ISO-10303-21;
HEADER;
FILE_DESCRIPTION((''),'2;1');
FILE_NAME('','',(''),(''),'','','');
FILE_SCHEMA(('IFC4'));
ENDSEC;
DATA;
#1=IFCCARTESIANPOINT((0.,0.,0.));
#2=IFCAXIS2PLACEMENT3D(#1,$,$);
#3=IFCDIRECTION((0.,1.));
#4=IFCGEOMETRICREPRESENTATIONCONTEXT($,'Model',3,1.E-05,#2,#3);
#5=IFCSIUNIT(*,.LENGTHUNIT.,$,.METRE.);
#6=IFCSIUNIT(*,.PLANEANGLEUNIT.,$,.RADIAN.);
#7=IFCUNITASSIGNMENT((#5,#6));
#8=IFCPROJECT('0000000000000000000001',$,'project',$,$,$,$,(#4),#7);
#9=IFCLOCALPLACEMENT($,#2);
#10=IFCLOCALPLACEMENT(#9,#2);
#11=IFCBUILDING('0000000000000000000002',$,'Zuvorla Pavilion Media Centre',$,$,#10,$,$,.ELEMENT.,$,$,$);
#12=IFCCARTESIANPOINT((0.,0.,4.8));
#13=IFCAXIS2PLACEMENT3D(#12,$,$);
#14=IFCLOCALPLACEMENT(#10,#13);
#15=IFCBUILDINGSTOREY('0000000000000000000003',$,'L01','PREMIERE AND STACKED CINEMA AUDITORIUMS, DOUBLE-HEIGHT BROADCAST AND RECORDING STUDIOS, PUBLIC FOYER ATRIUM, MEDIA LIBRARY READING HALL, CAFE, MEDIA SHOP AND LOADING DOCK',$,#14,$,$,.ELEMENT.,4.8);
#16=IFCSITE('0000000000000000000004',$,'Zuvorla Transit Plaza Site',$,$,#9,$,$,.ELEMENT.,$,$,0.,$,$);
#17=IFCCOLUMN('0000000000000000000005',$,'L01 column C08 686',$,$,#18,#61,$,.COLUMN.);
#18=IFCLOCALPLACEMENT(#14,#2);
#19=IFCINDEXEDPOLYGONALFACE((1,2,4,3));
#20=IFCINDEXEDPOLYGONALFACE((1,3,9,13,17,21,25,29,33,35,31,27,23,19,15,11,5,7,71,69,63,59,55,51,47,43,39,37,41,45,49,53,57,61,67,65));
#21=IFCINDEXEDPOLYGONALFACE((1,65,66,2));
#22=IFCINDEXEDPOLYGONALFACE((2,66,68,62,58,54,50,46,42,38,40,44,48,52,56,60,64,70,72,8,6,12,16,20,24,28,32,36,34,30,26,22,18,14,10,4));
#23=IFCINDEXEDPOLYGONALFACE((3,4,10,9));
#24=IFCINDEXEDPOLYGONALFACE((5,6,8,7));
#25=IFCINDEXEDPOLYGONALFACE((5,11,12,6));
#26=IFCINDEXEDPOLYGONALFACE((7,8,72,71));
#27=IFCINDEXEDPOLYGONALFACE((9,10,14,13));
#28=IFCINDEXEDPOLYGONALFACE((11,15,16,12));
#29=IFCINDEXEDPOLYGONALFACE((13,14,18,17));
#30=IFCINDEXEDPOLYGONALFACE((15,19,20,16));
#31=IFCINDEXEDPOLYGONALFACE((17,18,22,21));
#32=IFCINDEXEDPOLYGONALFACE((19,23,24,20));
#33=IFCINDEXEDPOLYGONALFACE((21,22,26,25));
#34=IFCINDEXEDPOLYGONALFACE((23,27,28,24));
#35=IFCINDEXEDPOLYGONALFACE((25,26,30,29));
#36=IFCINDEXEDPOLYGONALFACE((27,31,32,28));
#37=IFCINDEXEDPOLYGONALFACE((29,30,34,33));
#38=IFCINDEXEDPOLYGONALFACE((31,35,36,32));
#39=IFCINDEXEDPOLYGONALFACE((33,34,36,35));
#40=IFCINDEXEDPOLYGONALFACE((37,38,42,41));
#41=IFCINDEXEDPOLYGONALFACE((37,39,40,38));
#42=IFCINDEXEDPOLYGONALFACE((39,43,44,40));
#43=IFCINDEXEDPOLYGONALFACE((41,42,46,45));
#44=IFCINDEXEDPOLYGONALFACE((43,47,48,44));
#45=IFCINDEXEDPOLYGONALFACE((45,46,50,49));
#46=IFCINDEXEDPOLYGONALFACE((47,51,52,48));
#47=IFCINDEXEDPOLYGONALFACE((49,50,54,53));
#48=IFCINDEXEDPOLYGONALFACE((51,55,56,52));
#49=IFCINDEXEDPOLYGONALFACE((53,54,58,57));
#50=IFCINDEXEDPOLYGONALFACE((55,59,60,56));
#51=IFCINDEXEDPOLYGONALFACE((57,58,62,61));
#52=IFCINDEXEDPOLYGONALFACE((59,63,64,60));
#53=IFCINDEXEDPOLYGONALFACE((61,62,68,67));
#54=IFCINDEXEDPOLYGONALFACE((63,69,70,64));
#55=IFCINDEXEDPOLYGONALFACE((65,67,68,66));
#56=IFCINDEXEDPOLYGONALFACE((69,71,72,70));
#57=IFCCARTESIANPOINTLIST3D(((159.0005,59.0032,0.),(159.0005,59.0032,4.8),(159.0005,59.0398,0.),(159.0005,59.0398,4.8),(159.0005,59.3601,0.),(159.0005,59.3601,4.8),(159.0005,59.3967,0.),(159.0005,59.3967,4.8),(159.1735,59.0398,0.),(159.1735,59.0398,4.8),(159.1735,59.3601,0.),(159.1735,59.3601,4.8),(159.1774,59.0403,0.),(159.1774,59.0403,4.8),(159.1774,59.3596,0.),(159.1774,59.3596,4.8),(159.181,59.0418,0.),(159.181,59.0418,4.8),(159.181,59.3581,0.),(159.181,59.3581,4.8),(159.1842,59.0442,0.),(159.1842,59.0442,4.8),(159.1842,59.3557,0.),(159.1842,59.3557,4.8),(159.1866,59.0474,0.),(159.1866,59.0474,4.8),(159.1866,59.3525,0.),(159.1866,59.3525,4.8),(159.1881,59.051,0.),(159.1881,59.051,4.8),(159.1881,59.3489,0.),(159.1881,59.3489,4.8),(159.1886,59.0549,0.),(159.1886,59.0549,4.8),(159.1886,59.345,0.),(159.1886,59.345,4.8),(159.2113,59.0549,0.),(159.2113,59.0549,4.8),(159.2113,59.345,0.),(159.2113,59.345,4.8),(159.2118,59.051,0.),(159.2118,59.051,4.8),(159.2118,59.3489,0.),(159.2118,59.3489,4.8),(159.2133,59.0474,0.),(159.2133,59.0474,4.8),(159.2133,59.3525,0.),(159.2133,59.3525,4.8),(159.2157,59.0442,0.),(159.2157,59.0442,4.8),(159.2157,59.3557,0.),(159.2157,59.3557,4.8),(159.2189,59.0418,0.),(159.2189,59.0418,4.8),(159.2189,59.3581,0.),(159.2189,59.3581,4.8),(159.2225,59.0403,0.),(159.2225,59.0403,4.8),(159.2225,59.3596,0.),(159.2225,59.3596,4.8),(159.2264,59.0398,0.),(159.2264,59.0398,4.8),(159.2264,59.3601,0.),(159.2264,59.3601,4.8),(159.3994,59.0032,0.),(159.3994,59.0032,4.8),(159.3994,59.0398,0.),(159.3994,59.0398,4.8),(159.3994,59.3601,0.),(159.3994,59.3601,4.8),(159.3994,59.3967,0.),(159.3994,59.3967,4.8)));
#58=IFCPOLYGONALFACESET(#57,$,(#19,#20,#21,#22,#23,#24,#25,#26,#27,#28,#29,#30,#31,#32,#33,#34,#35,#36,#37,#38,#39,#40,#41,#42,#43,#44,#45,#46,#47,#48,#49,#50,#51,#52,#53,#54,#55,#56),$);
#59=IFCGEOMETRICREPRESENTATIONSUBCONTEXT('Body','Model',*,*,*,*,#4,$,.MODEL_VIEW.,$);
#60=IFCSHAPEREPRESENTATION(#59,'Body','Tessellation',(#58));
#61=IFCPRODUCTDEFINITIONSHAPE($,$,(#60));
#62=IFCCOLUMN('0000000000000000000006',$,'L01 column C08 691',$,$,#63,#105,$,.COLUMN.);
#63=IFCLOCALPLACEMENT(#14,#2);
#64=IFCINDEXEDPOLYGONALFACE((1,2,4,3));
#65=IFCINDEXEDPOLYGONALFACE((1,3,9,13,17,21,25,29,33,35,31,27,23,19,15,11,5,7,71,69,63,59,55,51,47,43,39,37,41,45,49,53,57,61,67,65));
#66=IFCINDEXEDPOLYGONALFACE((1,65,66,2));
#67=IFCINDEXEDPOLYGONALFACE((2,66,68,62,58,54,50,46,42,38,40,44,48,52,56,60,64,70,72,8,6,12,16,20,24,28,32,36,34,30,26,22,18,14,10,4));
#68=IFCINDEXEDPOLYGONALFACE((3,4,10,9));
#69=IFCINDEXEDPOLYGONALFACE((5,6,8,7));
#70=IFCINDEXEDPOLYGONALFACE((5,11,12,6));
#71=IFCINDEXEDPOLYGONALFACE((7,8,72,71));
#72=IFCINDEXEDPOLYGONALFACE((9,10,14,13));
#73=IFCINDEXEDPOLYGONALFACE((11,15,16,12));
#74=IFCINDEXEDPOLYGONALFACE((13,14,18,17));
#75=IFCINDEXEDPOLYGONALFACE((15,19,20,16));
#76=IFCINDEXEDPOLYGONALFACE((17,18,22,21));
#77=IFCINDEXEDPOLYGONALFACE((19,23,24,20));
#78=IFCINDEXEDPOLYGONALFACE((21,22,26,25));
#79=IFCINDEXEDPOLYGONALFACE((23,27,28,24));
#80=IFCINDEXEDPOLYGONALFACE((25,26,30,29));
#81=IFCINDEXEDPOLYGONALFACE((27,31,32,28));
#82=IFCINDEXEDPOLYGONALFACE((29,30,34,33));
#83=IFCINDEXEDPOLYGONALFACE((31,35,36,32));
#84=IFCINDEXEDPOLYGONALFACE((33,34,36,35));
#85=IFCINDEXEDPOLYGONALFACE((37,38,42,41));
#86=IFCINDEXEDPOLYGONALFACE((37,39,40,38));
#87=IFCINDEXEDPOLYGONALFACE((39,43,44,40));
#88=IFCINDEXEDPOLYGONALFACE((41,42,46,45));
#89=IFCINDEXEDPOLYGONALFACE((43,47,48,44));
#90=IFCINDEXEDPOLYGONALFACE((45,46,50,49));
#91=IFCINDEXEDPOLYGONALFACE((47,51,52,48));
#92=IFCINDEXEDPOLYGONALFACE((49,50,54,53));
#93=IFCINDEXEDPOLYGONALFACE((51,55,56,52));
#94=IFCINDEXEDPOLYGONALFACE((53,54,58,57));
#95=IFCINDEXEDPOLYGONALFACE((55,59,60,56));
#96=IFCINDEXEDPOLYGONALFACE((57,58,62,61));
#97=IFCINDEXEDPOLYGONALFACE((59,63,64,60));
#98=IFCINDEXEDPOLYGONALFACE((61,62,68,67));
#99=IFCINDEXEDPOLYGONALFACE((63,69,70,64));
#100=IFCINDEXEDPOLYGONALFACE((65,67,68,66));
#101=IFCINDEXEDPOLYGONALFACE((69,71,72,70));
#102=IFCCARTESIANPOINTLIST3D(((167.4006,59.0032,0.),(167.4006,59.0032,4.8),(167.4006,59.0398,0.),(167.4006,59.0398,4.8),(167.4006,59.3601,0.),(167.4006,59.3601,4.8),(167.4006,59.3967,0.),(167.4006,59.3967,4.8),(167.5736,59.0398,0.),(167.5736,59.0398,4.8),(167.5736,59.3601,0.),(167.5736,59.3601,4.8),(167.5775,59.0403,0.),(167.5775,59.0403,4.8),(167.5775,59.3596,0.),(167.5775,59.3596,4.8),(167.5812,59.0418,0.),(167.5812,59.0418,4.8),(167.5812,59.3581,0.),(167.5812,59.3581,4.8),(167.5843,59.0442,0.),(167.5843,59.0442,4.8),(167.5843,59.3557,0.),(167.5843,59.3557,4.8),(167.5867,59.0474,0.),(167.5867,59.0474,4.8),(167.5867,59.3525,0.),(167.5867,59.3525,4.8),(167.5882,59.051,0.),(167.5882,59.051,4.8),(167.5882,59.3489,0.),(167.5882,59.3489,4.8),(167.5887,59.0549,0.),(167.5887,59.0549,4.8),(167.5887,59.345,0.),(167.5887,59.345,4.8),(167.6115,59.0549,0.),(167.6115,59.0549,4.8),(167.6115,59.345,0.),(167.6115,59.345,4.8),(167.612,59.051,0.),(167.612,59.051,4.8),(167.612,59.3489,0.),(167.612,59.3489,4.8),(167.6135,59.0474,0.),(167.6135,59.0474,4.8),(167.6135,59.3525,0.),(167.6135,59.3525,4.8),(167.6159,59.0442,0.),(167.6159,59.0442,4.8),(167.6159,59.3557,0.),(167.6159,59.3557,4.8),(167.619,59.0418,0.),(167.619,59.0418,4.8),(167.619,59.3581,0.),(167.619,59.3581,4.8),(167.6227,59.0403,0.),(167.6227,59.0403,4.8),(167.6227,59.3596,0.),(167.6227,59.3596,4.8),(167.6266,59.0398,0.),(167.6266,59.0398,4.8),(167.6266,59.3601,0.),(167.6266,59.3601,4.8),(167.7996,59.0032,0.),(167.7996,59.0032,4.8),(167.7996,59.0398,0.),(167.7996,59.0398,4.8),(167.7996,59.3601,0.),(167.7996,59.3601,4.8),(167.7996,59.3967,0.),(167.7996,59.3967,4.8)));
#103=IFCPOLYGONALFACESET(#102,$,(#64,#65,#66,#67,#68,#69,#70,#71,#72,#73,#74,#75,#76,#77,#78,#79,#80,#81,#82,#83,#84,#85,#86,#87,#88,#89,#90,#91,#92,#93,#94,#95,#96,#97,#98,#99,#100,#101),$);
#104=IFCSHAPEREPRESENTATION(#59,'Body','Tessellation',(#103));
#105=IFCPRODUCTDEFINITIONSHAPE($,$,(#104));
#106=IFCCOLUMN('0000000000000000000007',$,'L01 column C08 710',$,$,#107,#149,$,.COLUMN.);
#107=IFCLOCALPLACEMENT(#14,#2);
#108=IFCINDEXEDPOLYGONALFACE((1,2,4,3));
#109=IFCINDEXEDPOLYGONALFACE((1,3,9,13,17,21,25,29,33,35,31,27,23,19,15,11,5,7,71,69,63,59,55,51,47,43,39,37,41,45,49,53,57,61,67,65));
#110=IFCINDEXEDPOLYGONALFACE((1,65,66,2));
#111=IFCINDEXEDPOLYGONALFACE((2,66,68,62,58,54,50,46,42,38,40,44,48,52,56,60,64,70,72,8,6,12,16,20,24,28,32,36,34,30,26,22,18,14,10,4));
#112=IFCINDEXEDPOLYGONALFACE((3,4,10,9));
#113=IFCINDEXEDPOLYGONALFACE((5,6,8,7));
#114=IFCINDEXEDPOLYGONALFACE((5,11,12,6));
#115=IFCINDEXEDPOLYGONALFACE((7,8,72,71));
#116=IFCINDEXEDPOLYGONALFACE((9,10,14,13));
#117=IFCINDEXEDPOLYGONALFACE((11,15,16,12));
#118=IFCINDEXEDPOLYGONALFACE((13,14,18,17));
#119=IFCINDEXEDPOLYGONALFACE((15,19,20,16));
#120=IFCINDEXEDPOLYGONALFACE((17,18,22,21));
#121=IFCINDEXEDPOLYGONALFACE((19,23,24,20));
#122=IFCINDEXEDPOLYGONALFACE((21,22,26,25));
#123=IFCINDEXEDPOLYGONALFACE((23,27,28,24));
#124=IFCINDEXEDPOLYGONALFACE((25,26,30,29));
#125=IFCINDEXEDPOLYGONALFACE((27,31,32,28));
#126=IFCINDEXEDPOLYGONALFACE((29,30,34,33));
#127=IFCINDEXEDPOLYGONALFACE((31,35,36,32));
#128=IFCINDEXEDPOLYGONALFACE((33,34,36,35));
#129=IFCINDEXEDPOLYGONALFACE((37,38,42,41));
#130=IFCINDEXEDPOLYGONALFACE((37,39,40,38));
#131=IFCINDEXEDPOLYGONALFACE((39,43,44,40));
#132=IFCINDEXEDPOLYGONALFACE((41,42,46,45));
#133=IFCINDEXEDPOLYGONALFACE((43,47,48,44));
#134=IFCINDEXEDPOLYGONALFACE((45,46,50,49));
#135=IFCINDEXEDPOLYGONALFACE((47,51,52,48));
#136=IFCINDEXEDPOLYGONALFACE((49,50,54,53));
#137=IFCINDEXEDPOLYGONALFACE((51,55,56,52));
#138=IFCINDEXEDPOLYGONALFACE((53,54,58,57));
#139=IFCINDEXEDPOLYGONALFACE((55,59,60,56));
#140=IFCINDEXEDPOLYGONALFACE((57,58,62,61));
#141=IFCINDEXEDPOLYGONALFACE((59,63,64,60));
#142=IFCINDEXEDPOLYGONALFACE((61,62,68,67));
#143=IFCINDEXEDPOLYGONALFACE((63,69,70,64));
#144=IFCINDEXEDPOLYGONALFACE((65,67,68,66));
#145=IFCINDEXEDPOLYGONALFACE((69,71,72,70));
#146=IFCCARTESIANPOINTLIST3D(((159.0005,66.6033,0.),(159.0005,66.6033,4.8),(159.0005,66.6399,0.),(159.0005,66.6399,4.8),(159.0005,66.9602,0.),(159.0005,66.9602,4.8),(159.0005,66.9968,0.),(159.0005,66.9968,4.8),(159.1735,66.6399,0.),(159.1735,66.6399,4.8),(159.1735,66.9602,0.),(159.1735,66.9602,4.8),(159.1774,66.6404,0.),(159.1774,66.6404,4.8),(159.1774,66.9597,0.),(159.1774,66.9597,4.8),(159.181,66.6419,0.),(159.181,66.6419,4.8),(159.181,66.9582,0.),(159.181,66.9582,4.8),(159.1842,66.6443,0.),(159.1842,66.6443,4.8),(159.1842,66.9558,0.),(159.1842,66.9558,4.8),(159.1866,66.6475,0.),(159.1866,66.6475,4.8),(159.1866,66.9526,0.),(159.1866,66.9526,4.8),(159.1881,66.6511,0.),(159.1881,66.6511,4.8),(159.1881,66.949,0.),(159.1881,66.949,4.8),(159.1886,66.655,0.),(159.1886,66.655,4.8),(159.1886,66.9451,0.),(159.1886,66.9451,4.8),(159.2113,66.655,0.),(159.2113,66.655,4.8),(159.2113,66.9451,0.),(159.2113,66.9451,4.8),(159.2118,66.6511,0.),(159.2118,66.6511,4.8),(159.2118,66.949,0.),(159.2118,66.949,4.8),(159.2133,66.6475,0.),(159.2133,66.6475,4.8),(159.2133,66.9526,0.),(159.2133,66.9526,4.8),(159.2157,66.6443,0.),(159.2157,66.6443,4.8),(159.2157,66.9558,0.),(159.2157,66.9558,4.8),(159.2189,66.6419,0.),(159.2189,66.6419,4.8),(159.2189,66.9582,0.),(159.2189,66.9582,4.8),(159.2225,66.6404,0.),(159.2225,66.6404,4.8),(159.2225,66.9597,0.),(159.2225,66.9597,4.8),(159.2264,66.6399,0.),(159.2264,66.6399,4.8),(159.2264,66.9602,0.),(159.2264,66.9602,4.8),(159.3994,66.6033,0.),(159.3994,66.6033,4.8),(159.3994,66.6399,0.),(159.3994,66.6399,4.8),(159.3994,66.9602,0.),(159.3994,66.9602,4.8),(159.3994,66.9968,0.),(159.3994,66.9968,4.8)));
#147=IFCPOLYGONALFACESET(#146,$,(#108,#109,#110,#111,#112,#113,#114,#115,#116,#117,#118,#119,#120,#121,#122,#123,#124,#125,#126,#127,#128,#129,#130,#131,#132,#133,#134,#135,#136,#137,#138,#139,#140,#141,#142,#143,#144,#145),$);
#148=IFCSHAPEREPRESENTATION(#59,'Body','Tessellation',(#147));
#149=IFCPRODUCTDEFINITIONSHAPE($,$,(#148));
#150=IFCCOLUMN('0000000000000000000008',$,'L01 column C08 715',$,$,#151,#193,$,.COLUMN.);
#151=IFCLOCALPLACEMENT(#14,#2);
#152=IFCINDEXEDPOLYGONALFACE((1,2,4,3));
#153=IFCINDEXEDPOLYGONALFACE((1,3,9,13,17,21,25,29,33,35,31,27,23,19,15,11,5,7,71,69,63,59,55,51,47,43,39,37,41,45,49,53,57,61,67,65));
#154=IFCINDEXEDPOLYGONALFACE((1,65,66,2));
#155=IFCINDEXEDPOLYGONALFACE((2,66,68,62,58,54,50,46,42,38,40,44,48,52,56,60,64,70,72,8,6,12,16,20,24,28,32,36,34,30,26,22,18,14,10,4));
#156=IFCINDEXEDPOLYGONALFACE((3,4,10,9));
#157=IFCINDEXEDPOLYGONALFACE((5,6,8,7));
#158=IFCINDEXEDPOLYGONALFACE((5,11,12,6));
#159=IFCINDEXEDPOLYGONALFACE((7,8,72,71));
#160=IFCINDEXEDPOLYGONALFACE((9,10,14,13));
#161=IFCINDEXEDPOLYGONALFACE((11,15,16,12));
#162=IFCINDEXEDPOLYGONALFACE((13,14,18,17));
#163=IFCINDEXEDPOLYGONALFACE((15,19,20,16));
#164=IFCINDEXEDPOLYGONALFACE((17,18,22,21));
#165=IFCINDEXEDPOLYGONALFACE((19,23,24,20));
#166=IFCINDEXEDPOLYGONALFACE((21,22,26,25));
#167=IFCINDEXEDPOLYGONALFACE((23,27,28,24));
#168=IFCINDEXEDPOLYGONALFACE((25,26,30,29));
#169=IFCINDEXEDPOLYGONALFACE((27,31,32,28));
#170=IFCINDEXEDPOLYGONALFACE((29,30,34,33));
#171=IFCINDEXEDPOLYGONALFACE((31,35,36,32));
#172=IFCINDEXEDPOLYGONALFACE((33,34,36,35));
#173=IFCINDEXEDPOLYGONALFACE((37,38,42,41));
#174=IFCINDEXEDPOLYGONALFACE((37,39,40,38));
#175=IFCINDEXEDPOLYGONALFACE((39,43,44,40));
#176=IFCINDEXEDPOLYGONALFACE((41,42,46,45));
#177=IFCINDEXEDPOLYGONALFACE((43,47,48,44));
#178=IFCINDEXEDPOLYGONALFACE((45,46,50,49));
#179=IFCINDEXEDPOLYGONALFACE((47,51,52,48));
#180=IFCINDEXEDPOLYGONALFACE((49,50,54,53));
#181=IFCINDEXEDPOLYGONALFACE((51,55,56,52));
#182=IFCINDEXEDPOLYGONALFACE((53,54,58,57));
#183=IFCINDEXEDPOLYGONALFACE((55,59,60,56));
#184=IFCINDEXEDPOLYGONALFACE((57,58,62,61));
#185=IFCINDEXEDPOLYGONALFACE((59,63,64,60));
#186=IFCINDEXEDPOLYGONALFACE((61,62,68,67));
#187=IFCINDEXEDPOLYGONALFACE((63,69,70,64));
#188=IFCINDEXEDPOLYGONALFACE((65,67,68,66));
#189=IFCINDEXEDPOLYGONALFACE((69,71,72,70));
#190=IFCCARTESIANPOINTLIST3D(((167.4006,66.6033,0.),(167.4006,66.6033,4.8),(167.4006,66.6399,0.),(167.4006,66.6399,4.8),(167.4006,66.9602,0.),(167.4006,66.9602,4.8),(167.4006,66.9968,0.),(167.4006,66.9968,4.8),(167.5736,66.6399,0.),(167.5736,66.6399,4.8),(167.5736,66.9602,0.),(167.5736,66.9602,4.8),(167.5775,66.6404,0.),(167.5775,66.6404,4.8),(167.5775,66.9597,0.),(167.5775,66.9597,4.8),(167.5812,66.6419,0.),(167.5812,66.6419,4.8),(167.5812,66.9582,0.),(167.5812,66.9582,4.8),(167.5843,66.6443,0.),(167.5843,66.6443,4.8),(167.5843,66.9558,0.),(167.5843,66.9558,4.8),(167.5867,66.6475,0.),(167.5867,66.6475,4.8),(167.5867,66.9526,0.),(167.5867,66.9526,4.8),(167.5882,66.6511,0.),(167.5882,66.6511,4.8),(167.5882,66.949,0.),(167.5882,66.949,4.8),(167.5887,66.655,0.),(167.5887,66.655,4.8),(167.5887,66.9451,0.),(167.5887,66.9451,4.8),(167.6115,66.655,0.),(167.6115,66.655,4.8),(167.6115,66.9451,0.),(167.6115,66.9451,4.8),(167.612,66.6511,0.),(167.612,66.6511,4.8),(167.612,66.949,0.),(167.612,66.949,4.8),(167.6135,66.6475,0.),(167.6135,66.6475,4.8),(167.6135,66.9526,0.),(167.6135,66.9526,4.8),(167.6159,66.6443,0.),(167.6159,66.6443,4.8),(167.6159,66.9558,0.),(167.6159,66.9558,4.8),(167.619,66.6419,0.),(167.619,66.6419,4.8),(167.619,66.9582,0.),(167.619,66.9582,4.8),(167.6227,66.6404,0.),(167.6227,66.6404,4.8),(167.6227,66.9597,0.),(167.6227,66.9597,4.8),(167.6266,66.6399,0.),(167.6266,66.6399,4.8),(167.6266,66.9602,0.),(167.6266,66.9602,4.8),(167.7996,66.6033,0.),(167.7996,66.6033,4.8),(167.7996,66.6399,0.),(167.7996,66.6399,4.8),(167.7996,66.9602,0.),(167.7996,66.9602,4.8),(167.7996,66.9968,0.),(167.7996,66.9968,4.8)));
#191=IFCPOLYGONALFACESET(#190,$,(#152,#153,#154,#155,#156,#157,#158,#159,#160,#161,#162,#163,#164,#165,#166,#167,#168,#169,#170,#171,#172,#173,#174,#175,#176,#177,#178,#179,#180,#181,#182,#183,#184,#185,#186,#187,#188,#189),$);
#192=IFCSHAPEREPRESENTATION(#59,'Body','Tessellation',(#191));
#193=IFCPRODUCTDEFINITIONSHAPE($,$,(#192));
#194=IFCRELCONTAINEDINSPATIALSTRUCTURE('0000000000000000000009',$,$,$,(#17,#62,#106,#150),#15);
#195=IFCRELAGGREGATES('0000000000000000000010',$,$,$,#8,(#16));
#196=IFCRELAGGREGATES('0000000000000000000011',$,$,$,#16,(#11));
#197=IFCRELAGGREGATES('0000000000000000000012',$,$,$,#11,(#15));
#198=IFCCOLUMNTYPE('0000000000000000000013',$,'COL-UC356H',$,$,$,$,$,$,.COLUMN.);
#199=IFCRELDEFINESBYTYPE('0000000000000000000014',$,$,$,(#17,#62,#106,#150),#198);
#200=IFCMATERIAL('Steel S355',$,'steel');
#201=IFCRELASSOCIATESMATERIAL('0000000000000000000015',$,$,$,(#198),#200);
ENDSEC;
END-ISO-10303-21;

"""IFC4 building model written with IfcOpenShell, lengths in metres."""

from ifc_helpers import new_model, si_unit, direction, frame, origin, origin_2d, place, context, subcontext, project, spatial, i_section, extrude, material, material_profile, profile_set, type_object, element, save


model = new_model("IFC4")

# Units and contexts
model_context = context("Model", 3, precision=1e-05, world=origin(), true_north=direction((0.0, 1.0)))
body_context = subcontext(model_context, "Body", "Model", "MODEL_VIEW")
ifc_project = project(units=[si_unit("LENGTHUNIT", "METRE"), si_unit("PLANEANGLEUNIT", "RADIAN")], contexts=[model_context])

# Site, building, storey
site_placement = place(None, origin())
site = spatial("IfcSite", under=ifc_project, at=site_placement, Name="Zuvorla Transit Plaza Site", CompositionType="ELEMENT", RefElevation=0.0)
building_placement = place(site_placement, origin())
building = spatial("IfcBuilding", under=site, at=building_placement, Name="Zuvorla Pavilion Media Centre", CompositionType="ELEMENT")
storey_placement = place(building_placement, frame((0.0, 0.0, 4.8)))
storey = spatial("IfcBuildingStorey", under=building, at=storey_placement, Name="L01", Description="PREMIERE AND STACKED CINEMA AUDITORIUMS, DOUBLE-HEIGHT BROADCAST AND RECORDING STUDIOS, PUBLIC FOYER ATRIUM, MEDIA LIBRARY READING HALL, CAFE, MEDIA SHOP AND LOADING DOCK", CompositionType="ELEMENT", Elevation=4.8)

# Columns
ifc_material_1 = material(Name="Steel S355", Category="steel")
ifc_material_profile_1 = material_profile(ifc_material_1, i_section(OverallWidth=0.3989, OverallDepth=0.3936, WebThickness=0.0227, FlangeThickness=0.0366, FilletRadius=0.0151, at=origin_2d()), Name="UC 356x406x287")
ifc_profile_set_1 = profile_set([ifc_material_profile_1], Name="Steel S355")
column_type = type_object("IfcColumnType", Name="COL-UC356H", PredefinedType="COLUMN", material=ifc_profile_set_1)
for number, where, z_axis, x_axis, name in (
    (1, (159.2, 59.2, 0.0), (0.0, 0.0, 1.0), (1.0, 0.0, 0.0), "L01 column C08 686"),
    (2, (167.6001, 59.2, 0.0), (0.0, 0.0, 1.0), (1.0, 0.0, 0.0), "L01 column C08 691"),
    (3, (159.2, 66.8, 0.0), (0.0, 0.0, 1.0), (1.0, 0.0, 0.0), "L01 column C08 710"),
    (4, (167.6001, 66.8, 0.0), (0.0, 0.0, 1.0), (1.0, 0.0, 0.0), "L01 column C08 715"),
):
    element("IfcColumn", number, at=place(storey_placement, frame(where, z_axis=z_axis, x_axis=x_axis)), inside=storey, type_object=column_type, Name=name, PredefinedType="COLUMN", context=body_context, shape_type="SweptSolid", body=[
        extrude(i_section(OverallWidth=0.3989, OverallDepth=0.3936, WebThickness=0.0227, FlangeThickness=0.0366, FilletRadius=0.0151, at=origin_2d()), origin(), (0.0, 0.0, 1.0), 4.8),
    ])

save(model, "model.ifc")
